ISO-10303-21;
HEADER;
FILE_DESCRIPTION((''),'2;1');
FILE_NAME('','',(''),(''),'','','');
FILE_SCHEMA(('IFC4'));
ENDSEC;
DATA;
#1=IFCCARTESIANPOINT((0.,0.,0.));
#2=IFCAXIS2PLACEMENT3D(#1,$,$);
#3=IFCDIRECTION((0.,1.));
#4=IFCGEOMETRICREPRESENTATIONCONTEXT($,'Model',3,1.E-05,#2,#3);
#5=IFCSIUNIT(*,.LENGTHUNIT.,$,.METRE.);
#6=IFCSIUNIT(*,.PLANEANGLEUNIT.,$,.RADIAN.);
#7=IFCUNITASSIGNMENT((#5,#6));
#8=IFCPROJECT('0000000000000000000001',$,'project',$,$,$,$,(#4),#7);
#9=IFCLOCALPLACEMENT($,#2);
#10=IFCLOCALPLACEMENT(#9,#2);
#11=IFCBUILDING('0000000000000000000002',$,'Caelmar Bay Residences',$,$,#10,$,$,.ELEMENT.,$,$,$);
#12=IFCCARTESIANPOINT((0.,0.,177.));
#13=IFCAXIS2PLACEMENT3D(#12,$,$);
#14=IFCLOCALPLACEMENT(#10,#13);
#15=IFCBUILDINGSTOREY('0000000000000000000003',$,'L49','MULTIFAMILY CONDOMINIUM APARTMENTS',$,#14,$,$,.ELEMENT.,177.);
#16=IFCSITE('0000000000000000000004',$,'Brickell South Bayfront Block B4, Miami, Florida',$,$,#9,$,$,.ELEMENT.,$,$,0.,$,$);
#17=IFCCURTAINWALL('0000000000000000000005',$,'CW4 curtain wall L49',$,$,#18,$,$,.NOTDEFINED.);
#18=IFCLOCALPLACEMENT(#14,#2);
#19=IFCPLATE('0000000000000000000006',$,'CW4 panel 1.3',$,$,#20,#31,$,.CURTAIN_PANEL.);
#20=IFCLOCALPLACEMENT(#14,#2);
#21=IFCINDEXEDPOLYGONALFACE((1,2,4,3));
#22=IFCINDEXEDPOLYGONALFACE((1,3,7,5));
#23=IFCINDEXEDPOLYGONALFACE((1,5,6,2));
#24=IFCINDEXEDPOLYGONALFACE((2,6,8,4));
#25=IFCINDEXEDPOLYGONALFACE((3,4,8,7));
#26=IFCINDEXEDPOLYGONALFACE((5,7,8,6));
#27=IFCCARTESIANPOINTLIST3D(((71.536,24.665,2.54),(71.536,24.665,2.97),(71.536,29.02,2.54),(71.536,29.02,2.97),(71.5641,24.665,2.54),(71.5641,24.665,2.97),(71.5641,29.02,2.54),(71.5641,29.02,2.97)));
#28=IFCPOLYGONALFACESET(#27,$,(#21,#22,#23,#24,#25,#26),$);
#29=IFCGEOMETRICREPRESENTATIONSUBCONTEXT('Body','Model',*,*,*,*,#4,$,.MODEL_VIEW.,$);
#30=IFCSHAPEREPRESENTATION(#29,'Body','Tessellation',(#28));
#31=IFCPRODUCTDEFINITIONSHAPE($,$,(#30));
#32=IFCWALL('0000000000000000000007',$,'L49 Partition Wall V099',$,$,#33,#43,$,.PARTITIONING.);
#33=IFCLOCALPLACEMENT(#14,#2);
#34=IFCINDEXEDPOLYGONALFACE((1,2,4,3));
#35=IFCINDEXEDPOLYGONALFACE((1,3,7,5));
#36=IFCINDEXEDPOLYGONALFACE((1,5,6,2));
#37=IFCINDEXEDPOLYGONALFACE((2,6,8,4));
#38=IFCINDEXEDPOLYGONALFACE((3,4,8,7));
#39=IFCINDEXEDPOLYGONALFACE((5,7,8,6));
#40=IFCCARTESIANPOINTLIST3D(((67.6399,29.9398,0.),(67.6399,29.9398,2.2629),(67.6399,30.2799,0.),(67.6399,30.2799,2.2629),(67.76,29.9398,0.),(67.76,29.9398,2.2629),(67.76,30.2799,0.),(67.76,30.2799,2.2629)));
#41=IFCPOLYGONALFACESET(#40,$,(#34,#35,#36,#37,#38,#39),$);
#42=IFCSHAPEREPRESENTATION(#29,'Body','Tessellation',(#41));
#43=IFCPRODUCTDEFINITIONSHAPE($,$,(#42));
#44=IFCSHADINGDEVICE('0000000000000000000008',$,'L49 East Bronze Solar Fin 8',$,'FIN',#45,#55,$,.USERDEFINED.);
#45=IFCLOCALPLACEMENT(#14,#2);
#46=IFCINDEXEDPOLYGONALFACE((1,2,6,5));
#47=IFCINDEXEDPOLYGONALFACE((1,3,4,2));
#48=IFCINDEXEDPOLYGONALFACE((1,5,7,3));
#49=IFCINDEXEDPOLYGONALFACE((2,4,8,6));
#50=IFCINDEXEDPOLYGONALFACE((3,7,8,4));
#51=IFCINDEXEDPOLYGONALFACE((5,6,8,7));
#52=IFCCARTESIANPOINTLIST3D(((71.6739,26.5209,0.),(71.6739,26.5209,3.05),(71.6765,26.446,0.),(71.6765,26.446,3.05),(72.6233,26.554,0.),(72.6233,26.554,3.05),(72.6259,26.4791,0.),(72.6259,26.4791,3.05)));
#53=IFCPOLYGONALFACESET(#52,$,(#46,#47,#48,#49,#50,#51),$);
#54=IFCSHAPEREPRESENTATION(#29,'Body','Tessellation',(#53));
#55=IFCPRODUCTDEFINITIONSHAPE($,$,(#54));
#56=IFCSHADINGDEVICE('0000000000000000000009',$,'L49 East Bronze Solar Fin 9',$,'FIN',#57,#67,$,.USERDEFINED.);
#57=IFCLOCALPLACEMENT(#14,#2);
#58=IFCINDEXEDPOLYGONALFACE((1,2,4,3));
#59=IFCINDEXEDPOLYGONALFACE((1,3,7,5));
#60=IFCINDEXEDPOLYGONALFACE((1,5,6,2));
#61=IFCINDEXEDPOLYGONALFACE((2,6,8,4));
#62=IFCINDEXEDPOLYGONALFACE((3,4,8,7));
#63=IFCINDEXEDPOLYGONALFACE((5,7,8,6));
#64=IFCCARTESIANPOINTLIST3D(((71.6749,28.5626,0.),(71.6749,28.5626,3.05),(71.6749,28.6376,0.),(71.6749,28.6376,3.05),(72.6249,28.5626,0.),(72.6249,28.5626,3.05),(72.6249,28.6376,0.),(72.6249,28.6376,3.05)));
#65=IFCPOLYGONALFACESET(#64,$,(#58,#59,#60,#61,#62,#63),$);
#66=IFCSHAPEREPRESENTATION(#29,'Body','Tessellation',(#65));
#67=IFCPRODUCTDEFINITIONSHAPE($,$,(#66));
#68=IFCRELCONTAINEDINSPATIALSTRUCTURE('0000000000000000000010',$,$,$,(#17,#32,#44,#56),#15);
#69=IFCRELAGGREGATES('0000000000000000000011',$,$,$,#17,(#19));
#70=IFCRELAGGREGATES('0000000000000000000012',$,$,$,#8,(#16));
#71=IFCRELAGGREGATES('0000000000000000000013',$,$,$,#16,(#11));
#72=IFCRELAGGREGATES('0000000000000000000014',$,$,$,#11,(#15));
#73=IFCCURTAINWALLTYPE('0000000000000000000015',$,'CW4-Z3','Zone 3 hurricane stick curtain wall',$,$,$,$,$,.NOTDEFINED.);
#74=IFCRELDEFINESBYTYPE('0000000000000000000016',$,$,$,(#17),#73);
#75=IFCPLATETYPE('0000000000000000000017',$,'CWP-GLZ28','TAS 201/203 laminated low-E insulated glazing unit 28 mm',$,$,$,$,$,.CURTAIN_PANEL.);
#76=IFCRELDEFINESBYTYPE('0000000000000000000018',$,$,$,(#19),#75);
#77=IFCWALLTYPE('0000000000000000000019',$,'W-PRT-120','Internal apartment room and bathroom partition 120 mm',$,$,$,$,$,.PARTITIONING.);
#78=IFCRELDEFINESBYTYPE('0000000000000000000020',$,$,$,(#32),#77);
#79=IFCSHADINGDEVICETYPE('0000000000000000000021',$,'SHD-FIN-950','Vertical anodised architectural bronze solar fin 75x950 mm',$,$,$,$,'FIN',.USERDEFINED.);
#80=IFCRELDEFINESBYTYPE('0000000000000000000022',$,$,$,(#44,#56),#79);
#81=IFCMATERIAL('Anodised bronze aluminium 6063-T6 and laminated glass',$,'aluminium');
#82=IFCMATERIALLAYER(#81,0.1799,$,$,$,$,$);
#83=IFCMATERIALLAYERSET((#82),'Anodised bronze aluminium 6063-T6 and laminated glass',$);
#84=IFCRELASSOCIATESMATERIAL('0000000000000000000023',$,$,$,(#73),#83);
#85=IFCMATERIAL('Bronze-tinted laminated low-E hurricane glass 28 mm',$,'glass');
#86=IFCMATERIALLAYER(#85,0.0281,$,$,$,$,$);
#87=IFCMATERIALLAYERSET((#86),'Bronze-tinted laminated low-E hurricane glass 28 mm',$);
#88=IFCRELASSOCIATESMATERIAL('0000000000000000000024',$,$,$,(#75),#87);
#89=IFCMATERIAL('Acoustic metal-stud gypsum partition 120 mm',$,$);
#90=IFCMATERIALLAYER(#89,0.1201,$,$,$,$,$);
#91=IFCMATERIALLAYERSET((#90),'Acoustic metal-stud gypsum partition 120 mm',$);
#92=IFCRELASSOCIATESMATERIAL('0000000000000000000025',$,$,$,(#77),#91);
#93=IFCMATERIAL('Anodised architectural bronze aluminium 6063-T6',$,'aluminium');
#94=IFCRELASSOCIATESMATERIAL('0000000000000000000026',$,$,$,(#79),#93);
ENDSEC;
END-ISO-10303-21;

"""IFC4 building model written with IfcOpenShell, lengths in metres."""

from ifc_helpers import new_model, si_unit, direction, frame, frame_2d, origin, origin_2d, place, context, subcontext, project, spatial, rectangle, extrude, material, layer, layer_set, material_profile, profile_set, type_object, element, aggregate, save


model = new_model("IFC4")

# Units and contexts
model_context = context("Model", 3, precision=1e-05, world=origin(), true_north=direction((0.0, 1.0)))
body_context = subcontext(model_context, "Body", "Model", "MODEL_VIEW")
ifc_project = project(units=[si_unit("LENGTHUNIT", "METRE"), si_unit("PLANEANGLEUNIT", "RADIAN")], contexts=[model_context])

# Site, building, storey
site_placement = place(None, origin())
site = spatial("IfcSite", under=ifc_project, at=site_placement, Name="Brickell South Bayfront Block B4, Miami, Florida", CompositionType="ELEMENT", RefElevation=0.0)
building_placement = place(site_placement, origin())
building = spatial("IfcBuilding", under=site, at=building_placement, Name="Caelmar Bay Residences", CompositionType="ELEMENT")
storey_placement = place(building_placement, frame((0.0, 0.0, 177.0)))
storey = spatial("IfcBuildingStorey", under=building, at=storey_placement, Name="L49", Description="MULTIFAMILY CONDOMINIUM APARTMENTS", CompositionType="ELEMENT", Elevation=177.0)

# Curtain wall, plate
ifc_material_1 = material(Name="Anodised bronze aluminium 6063-T6 and laminated glass", Category="aluminium")
ifc_layer_1 = layer(ifc_material_1, 0.1799)
ifc_layer_set_1 = layer_set([ifc_layer_1], Name="Anodised bronze aluminium 6063-T6 and laminated glass")
curtain_wall_type = type_object("IfcCurtainWallType", Name="CW4-Z3", Description="Zone 3 hurricane stick curtain wall", PredefinedType="NOTDEFINED", material=ifc_layer_set_1)
curtain_wall_placement = place(storey_placement, origin())
curtain_wall = element("IfcCurtainWall", 1, at=curtain_wall_placement, inside=storey, type_object=curtain_wall_type, Name="CW4 curtain wall L49", PredefinedType="NOTDEFINED")
ifc_material_2 = material(Name="Bronze-tinted laminated low-E hurricane glass 28 mm", Category="glass")
ifc_layer_2 = layer(ifc_material_2, 0.0281)
ifc_layer_set_2 = layer_set([ifc_layer_2], Name="Bronze-tinted laminated low-E hurricane glass 28 mm")
plate_type = type_object("IfcPlateType", Name="CWP-GLZ28", Description="TAS 201/203 laminated low-E insulated glazing unit 28 mm", PredefinedType="CURTAIN_PANEL", material=ifc_layer_set_2)
plate_1_placement = place(storey_placement, frame((71.55, 26.8425, 2.54), z_axis=(0.0, 0.0, 1.0), x_axis=(0.0, -1.0, 0.0)))
plate_1 = element("IfcPlate", 2, at=plate_1_placement, type_object=plate_type, Name="CW4 panel 1.3", PredefinedType="CURTAIN_PANEL", context=body_context, shape_type="SweptSolid", body=[
    extrude(rectangle(XDim=4.355, YDim=0.0281, at=origin_2d()), origin(), (0.0, 0.0, 1.0), 0.4299),
])
aggregate(curtain_wall, [plate_1])

# Wall
ifc_material_3 = material(Name="Acoustic metal-stud gypsum partition 120 mm")
ifc_layer_3 = layer(ifc_material_3, 0.1201)
ifc_layer_set_3 = layer_set([ifc_layer_3], Name="Acoustic metal-stud gypsum partition 120 mm")
wall_type = type_object("IfcWallType", Name="W-PRT-120", Description="Internal apartment room and bathroom partition 120 mm", PredefinedType="PARTITIONING", material=ifc_layer_set_3)
wall_placement = place(storey_placement, frame((67.7, 29.9399, 0.0), z_axis=(0.0, 0.0, 1.0), x_axis=(0.0, 1.0, 0.0)))
element("IfcWall", 3, at=wall_placement, inside=storey, type_object=wall_type, Name="L49 Partition Wall V099", PredefinedType="PARTITIONING", context=body_context, shape_type="SweptSolid", body=[
    extrude(rectangle(XDim=0.3401, YDim=0.1201, at=frame_2d((0.1699, 0.0))), origin(), (0.0, 0.0, 1.0), 2.2629),
])

# Shading devices
ifc_material_4 = material(Name="Anodised architectural bronze aluminium 6063-T6", Category="aluminium")
ifc_material_profile_1 = material_profile(ifc_material_4, rectangle(XDim=0.075, YDim=0.95, at=origin_2d()), Name="BRONZE-FIN-75X950")
ifc_profile_set_1 = profile_set([ifc_material_profile_1], Name="Anodised architectural bronze aluminium 6063-T6")
shading_device_type = type_object("IfcShadingDeviceType", Name="SHD-FIN-950", Description="Vertical anodised architectural bronze solar fin 75x950 mm", ElementType="FIN", PredefinedType="USERDEFINED", material=ifc_profile_set_1)
for number, where, z_axis, x_axis, name in (
    (4, (72.1499, 26.5, 0.0), (0.0, 0.0, 1.0), (-0.034899, 0.999391, 0.0), "L49 East Bronze Solar Fin 8"),
    (5, (72.1499, 28.6001, 0.0), (0.0, 0.0, 1.0), (0.0, 1.0, 0.0), "L49 East Bronze Solar Fin 9"),
):
    element("IfcShadingDevice", number, at=place(storey_placement, frame(where, z_axis=z_axis, x_axis=x_axis)), inside=storey, type_object=shading_device_type, Name=name, ObjectType="FIN", PredefinedType="USERDEFINED", context=body_context, shape_type="SweptSolid", body=[
        extrude(rectangle(XDim=0.075, YDim=0.95, at=origin_2d()), origin(), (0.0, 0.0, 1.0), 3.05),
    ])

save(model, "model.ifc")
